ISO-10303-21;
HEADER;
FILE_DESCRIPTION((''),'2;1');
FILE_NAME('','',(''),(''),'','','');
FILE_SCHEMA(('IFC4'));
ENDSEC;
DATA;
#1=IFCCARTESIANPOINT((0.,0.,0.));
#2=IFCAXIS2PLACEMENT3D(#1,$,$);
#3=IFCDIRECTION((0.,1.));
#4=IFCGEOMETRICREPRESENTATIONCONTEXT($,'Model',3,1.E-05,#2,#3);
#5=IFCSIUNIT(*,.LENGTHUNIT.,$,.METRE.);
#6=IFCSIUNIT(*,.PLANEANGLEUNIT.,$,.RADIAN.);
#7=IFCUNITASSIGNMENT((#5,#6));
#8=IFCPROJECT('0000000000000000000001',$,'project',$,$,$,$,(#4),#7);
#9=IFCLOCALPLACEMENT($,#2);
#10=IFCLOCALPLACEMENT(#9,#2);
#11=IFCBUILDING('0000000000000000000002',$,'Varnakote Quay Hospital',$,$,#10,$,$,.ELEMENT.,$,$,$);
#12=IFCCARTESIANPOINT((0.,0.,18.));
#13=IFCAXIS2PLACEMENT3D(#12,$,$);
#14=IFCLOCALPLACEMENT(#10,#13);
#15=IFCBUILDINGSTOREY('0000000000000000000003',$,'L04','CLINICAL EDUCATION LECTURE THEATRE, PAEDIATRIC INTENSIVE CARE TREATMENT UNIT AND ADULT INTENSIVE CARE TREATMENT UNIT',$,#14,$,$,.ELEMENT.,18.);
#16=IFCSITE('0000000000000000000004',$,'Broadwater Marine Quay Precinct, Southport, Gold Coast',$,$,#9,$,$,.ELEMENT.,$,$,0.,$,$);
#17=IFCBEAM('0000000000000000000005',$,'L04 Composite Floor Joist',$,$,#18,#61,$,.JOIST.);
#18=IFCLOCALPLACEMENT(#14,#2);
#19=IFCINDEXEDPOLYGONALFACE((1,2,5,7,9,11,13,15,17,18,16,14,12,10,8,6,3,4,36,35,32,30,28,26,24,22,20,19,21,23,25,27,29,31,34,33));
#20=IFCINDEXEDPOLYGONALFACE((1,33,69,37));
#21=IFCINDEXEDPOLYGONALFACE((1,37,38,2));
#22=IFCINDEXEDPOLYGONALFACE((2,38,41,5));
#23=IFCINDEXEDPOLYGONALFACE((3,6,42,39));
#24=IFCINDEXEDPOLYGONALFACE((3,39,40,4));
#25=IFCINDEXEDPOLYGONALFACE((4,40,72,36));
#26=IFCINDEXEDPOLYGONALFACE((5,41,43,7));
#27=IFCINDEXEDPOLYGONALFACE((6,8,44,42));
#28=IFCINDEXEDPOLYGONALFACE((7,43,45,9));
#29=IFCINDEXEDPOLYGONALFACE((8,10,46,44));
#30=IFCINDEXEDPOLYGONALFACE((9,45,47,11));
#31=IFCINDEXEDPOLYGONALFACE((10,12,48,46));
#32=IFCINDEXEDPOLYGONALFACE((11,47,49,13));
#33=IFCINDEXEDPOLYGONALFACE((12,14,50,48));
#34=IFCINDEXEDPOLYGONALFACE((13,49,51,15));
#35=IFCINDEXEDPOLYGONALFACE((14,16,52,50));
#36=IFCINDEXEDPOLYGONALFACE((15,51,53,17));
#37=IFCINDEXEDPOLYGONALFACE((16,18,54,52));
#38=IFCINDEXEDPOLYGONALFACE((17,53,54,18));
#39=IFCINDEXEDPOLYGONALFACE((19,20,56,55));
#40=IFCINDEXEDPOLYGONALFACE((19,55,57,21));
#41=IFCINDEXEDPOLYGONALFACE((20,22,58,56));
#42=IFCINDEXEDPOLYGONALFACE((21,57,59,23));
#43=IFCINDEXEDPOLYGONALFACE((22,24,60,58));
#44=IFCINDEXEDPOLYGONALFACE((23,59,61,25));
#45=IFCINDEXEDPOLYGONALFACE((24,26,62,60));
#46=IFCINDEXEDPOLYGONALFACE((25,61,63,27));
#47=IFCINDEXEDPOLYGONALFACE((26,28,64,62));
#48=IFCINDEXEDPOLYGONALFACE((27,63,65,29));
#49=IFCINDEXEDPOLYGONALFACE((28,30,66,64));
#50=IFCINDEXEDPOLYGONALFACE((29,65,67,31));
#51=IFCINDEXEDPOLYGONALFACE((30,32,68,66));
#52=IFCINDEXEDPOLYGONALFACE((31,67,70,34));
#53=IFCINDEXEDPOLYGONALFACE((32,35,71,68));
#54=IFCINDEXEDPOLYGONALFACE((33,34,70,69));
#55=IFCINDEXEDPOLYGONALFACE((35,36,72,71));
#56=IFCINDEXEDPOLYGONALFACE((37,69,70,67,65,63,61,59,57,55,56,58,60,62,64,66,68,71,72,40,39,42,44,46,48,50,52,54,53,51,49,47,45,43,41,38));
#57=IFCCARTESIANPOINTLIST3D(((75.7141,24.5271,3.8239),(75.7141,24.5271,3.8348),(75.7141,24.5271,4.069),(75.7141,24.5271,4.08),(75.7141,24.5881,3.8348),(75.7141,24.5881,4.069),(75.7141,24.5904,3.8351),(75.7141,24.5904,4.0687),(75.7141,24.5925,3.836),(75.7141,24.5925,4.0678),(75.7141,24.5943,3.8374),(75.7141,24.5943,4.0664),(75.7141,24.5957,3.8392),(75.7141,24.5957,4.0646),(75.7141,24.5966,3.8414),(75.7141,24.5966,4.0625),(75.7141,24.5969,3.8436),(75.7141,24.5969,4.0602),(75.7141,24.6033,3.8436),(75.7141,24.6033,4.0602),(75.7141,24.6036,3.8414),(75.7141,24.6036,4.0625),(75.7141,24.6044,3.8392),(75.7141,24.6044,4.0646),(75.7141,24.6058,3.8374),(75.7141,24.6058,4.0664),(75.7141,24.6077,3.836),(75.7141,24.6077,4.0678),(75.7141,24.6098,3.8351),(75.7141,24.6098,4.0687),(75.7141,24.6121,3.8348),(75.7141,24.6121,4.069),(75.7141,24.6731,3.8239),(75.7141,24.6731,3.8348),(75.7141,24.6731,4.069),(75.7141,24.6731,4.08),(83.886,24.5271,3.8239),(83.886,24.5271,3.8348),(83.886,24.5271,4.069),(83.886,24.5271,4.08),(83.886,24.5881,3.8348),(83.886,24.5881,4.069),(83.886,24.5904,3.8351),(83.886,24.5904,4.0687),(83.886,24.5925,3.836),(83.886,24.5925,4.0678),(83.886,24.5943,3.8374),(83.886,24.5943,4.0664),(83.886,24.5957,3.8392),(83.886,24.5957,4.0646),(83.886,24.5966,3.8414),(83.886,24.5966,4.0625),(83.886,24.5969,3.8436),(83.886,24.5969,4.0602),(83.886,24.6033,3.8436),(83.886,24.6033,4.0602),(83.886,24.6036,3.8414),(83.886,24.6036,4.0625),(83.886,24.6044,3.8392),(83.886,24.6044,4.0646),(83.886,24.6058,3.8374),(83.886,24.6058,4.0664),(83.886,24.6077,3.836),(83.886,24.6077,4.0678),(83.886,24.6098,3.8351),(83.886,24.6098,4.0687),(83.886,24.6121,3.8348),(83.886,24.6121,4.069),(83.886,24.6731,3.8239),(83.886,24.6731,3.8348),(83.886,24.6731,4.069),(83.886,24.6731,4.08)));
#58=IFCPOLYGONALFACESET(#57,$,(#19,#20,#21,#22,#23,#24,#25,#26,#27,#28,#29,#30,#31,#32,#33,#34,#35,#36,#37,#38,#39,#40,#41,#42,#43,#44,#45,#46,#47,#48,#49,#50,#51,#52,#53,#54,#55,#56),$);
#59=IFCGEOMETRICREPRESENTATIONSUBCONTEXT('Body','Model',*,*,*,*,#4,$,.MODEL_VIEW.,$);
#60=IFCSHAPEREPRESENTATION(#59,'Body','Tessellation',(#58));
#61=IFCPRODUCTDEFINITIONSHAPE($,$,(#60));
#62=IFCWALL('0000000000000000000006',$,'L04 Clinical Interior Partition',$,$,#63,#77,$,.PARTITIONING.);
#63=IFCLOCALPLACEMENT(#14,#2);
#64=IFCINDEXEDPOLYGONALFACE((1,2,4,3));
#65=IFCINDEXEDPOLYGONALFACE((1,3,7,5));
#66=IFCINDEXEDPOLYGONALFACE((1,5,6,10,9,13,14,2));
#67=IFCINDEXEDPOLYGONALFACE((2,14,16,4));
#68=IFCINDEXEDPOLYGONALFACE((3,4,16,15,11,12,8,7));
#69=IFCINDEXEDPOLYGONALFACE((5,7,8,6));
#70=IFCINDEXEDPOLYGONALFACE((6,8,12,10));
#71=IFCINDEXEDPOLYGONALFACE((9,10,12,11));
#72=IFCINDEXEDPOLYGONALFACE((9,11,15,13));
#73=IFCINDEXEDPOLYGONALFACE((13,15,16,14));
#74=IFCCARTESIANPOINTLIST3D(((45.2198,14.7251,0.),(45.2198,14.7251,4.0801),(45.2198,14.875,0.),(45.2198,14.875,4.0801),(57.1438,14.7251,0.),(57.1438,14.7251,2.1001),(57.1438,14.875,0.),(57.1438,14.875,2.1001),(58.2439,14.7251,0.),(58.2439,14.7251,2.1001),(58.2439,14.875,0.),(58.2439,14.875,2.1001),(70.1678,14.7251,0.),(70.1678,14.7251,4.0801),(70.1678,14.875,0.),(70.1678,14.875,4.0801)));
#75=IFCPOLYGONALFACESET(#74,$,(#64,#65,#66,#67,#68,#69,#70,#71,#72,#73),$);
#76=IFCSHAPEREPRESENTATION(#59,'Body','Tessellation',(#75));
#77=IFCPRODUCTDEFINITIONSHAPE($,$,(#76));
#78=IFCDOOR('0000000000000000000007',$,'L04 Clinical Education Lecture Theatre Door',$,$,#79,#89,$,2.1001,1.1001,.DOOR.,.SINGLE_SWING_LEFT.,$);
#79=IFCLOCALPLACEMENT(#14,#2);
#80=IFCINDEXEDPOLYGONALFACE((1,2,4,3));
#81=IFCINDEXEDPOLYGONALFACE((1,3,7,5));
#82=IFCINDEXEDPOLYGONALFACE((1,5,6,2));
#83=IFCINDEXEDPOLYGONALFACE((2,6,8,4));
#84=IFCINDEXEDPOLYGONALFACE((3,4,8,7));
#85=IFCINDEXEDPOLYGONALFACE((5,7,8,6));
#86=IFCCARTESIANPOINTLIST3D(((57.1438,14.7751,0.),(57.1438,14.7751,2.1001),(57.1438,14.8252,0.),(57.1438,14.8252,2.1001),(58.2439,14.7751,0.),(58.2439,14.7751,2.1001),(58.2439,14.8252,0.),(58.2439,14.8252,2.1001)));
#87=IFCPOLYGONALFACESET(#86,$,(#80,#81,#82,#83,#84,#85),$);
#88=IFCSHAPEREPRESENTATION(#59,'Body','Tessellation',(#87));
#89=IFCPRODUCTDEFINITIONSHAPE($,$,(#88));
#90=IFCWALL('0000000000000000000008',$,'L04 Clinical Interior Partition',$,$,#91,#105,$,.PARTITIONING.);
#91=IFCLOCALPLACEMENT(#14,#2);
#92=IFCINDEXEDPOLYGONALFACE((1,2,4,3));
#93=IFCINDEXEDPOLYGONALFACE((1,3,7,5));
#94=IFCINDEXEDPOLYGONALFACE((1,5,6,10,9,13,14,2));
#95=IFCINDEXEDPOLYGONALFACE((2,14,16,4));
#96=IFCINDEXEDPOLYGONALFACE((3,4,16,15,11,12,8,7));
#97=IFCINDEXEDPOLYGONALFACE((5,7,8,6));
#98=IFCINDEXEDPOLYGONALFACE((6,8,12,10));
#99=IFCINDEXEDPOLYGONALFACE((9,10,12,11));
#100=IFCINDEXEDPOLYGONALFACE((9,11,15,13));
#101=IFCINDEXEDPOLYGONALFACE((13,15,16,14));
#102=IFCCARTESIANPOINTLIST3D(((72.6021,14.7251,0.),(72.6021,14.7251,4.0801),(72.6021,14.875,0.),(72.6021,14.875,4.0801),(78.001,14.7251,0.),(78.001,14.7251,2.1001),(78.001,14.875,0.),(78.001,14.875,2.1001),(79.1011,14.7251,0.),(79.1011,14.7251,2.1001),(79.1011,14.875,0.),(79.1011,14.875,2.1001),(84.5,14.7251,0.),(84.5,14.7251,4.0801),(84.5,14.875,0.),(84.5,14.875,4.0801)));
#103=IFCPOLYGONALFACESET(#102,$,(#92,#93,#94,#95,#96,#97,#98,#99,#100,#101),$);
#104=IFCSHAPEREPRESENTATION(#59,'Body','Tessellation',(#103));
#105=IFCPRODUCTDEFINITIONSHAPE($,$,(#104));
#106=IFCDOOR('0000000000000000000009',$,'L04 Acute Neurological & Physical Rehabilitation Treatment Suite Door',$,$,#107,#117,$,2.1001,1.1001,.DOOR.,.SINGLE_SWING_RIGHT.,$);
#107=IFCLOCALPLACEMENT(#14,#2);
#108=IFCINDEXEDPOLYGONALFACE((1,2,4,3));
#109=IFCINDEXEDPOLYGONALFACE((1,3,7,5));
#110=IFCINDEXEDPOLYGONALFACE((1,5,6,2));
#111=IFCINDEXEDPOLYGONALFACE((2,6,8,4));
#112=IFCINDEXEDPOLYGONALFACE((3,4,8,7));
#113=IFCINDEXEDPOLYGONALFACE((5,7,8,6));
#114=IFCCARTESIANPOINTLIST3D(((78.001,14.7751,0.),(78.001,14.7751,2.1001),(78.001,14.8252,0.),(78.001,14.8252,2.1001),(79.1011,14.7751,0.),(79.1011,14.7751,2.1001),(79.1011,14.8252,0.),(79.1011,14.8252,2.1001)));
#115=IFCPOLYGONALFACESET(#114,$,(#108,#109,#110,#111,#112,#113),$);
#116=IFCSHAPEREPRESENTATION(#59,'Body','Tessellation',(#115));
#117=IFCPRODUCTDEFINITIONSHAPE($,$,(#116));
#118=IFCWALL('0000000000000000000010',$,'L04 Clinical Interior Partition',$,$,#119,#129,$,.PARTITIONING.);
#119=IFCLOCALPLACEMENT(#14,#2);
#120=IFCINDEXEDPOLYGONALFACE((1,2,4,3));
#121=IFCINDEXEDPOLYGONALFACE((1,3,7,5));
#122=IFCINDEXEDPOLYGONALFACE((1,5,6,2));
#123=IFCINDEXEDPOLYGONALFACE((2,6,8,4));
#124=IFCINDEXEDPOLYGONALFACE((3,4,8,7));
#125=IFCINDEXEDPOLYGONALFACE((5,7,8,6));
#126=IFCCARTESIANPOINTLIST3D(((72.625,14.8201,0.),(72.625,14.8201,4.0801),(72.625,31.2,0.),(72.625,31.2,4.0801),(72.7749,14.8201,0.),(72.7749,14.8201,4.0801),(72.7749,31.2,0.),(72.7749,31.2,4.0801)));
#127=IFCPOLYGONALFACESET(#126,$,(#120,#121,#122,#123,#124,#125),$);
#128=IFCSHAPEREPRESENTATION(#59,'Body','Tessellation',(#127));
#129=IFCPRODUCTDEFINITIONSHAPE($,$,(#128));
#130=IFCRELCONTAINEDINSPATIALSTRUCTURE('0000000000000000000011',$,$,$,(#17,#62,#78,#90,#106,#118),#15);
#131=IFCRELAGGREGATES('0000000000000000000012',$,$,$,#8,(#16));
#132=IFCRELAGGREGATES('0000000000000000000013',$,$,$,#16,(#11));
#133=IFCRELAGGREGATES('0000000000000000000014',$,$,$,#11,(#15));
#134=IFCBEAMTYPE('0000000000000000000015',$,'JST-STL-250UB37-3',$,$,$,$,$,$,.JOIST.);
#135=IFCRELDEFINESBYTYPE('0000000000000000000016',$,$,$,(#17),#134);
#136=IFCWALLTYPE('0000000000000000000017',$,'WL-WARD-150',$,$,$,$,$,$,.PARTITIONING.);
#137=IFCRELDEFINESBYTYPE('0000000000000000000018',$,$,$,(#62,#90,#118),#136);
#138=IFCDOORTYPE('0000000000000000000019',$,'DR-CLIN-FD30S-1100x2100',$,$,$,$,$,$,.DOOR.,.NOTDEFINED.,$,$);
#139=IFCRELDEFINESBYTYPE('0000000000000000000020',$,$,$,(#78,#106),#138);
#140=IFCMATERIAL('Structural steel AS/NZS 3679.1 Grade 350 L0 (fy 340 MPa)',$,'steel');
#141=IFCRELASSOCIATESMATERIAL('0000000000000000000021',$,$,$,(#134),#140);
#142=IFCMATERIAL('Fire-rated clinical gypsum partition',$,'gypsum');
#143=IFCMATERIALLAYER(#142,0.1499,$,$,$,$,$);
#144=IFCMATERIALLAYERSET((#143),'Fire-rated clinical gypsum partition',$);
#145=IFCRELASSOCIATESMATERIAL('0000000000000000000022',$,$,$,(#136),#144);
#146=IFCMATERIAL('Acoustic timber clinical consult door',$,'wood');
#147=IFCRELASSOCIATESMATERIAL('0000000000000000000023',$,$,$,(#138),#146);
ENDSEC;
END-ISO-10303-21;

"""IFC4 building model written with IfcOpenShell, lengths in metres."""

from ifc_helpers import new_model, si_unit, direction, frame, frame_2d, origin, origin_2d, place, context, subcontext, project, spatial, rectangle, i_section, extrude, material, layer, layer_set, material_profile, profile_set, type_object, element, fill, save


model = new_model("IFC4")

# Units and contexts
model_context = context("Model", 3, precision=1e-05, world=origin(), true_north=direction((0.0, 1.0)))
body_context = subcontext(model_context, "Body", "Model", "MODEL_VIEW")
ifc_project = project(units=[si_unit("LENGTHUNIT", "METRE"), si_unit("PLANEANGLEUNIT", "RADIAN")], contexts=[model_context])

# Site, building, storey
site_placement = place(None, origin())
site = spatial("IfcSite", under=ifc_project, at=site_placement, Name="Broadwater Marine Quay Precinct, Southport, Gold Coast", CompositionType="ELEMENT", RefElevation=0.0)
building_placement = place(site_placement, origin())
building = spatial("IfcBuilding", under=site, at=building_placement, Name="Varnakote Quay Hospital", CompositionType="ELEMENT")
storey_placement = place(building_placement, frame((0.0, 0.0, 18.0)))
storey = spatial("IfcBuildingStorey", under=building, at=storey_placement, Name="L04", Description="CLINICAL EDUCATION LECTURE THEATRE, PAEDIATRIC INTENSIVE CARE TREATMENT UNIT AND ADULT INTENSIVE CARE TREATMENT UNIT", CompositionType="ELEMENT", Elevation=18.0)

# Beam
ifc_material_1 = material(Name="Structural steel AS/NZS 3679.1 Grade 350 L0 (fy 340 MPa)", Category="steel")
ifc_material_profile_1 = material_profile(ifc_material_1, i_section(OverallWidth=0.146, OverallDepth=0.2561, WebThickness=0.0063, FlangeThickness=0.011, FilletRadius=0.0088, at=origin_2d()), Name="250UB37.3")
ifc_profile_set_1 = profile_set([ifc_material_profile_1], Name="Structural steel AS/NZS 3679.1 Grade 350 L0 (fy 340 MPa)")
beam_type_1 = type_object("IfcBeamType", Name="JST-STL-250UB37-3", PredefinedType="JOIST", material=ifc_profile_set_1)
for number, where, z_axis, x_axis, name in (
    (1, (75.7141, 24.6001, 3.9519), (1.0, 0.0, 0.0), (0.0, 1.0, 0.0), "L04 Composite Floor Joist"),
):
    element("IfcBeam", number, at=place(storey_placement, frame(where, z_axis=z_axis, x_axis=x_axis)), inside=storey, type_object=beam_type_1, Name=name, PredefinedType="JOIST", context=body_context, shape_type="SweptSolid", body=[
        extrude(i_section(OverallWidth=0.146, OverallDepth=0.2561, WebThickness=0.0063, FlangeThickness=0.011, FilletRadius=0.0088, at=origin_2d()), origin(), (0.0, 0.0, 1.0), 8.1719),
    ])

# Walls, openings, doors
ifc_material_2 = material(Name="Fire-rated clinical gypsum partition", Category="gypsum")
ifc_layer = layer(ifc_material_2, 0.1499)
ifc_layer_set = layer_set([ifc_layer], Name="Fire-rated clinical gypsum partition")
wall_type = type_object("IfcWallType", Name="WL-WARD-150", PredefinedType="PARTITIONING", material=ifc_layer_set)
wall_1_placement = place(storey_placement, frame((70.168, 14.8, 0.0), z_axis=(0.0, 0.0, 1.0), x_axis=(-1.0, 0.0, 0.0)))
wall_1 = element("IfcWall", 2, at=wall_1_placement, inside=storey, type_object=wall_type, Name="L04 Clinical Interior Partition", PredefinedType="PARTITIONING", context=body_context, shape_type="SweptSolid", body=[
    extrude(rectangle(XDim=24.948, YDim=0.1499, at=frame_2d((12.4741, 0.0))), origin(), (0.0, 0.0, 1.0), 4.0801),
])
opening_1_placement = place(wall_1_placement, frame((11.9241, 0.0, 0.0)))
opening_1 = element("IfcOpeningElement", 3, at=opening_1_placement, cuts=wall_1, PredefinedType="OPENING", context=body_context, shape_type="SweptSolid", body=[
    extrude(rectangle(XDim=1.1001, YDim=2.1001, at=frame_2d((0.55, 1.05))), frame((0.0, 0.085, 0.0), z_axis=(0.0, -1.0, 0.0), x_axis=(1.0, 0.0, 0.0)), (0.0, 0.0, 1.0), 0.1699),
])
ifc_material_3 = material(Name="Acoustic timber clinical consult door", Category="wood")
door_type = type_object("IfcDoorType", Name="DR-CLIN-FD30S-1100x2100", OperationType="NOTDEFINED", PredefinedType="DOOR", material=ifc_material_3)
door_1_placement = place(opening_1_placement, origin())
door_1 = element("IfcDoor", 4, at=door_1_placement, inside=storey, type_object=door_type, Name="L04 Clinical Education Lecture Theatre Door", OperationType="SINGLE_SWING_LEFT", OverallHeight=2.1001, OverallWidth=1.1001, PredefinedType="DOOR", context=body_context, shape_type="SweptSolid", body=[
    extrude(rectangle(XDim=1.1001, YDim=2.1001, at=frame_2d((0.55, 1.05))), frame((0.0, 0.0249, 0.0), z_axis=(0.0, -1.0, 0.0), x_axis=(1.0, 0.0, 0.0)), (0.0, 0.0, 1.0), 0.05),
])
fill(opening_1, door_1)
wall_2_placement = place(storey_placement, frame((84.5, 14.8, 0.0), z_axis=(0.0, 0.0, 1.0), x_axis=(-1.0, 0.0, 0.0)))
wall_2 = element("IfcWall", 5, at=wall_2_placement, inside=storey, type_object=wall_type, Name="L04 Clinical Interior Partition", PredefinedType="PARTITIONING", context=body_context, shape_type="SweptSolid", body=[
    extrude(rectangle(XDim=11.8979, YDim=0.1499, at=frame_2d((5.949, 0.0))), origin(), (0.0, 0.0, 1.0), 4.0801),
])
opening_2_placement = place(wall_2_placement, frame((5.3989, 0.0, 0.0)))
opening_2 = element("IfcOpeningElement", 6, at=opening_2_placement, cuts=wall_2, PredefinedType="OPENING", context=body_context, shape_type="SweptSolid", body=[
    extrude(rectangle(XDim=1.1001, YDim=2.1001, at=frame_2d((0.55, 1.05))), frame((0.0, 0.085, 0.0), z_axis=(0.0, -1.0, 0.0), x_axis=(1.0, 0.0, 0.0)), (0.0, 0.0, 1.0), 0.1699),
])
door_2_placement = place(opening_2_placement, origin())
door_2 = element("IfcDoor", 7, at=door_2_placement, inside=storey, type_object=door_type, Name="L04 Acute Neurological & Physical Rehabilitation Treatment Suite Door", OperationType="SINGLE_SWING_RIGHT", OverallHeight=2.1001, OverallWidth=1.1001, PredefinedType="DOOR", context=body_context, shape_type="SweptSolid", body=[
    extrude(rectangle(XDim=1.1001, YDim=2.1001, at=frame_2d((0.55, 1.05))), frame((0.0, 0.0249, 0.0), z_axis=(0.0, -1.0, 0.0), x_axis=(1.0, 0.0, 0.0)), (0.0, 0.0, 1.0), 0.05),
])
fill(opening_2, door_2)

# Wall
wall_3_placement = place(storey_placement, frame((72.7, 14.8201, 0.0), z_axis=(0.0, 0.0, 1.0), x_axis=(0.0, 1.0, 0.0)))
element("IfcWall", 8, at=wall_3_placement, inside=storey, type_object=wall_type, Name="L04 Clinical Interior Partition", PredefinedType="PARTITIONING", context=body_context, shape_type="SweptSolid", body=[
    extrude(rectangle(XDim=16.3799, YDim=0.1499, at=frame_2d((8.1899, 0.0))), origin(), (0.0, 0.0, 1.0), 4.0801),
])

save(model, "model.ifc")
